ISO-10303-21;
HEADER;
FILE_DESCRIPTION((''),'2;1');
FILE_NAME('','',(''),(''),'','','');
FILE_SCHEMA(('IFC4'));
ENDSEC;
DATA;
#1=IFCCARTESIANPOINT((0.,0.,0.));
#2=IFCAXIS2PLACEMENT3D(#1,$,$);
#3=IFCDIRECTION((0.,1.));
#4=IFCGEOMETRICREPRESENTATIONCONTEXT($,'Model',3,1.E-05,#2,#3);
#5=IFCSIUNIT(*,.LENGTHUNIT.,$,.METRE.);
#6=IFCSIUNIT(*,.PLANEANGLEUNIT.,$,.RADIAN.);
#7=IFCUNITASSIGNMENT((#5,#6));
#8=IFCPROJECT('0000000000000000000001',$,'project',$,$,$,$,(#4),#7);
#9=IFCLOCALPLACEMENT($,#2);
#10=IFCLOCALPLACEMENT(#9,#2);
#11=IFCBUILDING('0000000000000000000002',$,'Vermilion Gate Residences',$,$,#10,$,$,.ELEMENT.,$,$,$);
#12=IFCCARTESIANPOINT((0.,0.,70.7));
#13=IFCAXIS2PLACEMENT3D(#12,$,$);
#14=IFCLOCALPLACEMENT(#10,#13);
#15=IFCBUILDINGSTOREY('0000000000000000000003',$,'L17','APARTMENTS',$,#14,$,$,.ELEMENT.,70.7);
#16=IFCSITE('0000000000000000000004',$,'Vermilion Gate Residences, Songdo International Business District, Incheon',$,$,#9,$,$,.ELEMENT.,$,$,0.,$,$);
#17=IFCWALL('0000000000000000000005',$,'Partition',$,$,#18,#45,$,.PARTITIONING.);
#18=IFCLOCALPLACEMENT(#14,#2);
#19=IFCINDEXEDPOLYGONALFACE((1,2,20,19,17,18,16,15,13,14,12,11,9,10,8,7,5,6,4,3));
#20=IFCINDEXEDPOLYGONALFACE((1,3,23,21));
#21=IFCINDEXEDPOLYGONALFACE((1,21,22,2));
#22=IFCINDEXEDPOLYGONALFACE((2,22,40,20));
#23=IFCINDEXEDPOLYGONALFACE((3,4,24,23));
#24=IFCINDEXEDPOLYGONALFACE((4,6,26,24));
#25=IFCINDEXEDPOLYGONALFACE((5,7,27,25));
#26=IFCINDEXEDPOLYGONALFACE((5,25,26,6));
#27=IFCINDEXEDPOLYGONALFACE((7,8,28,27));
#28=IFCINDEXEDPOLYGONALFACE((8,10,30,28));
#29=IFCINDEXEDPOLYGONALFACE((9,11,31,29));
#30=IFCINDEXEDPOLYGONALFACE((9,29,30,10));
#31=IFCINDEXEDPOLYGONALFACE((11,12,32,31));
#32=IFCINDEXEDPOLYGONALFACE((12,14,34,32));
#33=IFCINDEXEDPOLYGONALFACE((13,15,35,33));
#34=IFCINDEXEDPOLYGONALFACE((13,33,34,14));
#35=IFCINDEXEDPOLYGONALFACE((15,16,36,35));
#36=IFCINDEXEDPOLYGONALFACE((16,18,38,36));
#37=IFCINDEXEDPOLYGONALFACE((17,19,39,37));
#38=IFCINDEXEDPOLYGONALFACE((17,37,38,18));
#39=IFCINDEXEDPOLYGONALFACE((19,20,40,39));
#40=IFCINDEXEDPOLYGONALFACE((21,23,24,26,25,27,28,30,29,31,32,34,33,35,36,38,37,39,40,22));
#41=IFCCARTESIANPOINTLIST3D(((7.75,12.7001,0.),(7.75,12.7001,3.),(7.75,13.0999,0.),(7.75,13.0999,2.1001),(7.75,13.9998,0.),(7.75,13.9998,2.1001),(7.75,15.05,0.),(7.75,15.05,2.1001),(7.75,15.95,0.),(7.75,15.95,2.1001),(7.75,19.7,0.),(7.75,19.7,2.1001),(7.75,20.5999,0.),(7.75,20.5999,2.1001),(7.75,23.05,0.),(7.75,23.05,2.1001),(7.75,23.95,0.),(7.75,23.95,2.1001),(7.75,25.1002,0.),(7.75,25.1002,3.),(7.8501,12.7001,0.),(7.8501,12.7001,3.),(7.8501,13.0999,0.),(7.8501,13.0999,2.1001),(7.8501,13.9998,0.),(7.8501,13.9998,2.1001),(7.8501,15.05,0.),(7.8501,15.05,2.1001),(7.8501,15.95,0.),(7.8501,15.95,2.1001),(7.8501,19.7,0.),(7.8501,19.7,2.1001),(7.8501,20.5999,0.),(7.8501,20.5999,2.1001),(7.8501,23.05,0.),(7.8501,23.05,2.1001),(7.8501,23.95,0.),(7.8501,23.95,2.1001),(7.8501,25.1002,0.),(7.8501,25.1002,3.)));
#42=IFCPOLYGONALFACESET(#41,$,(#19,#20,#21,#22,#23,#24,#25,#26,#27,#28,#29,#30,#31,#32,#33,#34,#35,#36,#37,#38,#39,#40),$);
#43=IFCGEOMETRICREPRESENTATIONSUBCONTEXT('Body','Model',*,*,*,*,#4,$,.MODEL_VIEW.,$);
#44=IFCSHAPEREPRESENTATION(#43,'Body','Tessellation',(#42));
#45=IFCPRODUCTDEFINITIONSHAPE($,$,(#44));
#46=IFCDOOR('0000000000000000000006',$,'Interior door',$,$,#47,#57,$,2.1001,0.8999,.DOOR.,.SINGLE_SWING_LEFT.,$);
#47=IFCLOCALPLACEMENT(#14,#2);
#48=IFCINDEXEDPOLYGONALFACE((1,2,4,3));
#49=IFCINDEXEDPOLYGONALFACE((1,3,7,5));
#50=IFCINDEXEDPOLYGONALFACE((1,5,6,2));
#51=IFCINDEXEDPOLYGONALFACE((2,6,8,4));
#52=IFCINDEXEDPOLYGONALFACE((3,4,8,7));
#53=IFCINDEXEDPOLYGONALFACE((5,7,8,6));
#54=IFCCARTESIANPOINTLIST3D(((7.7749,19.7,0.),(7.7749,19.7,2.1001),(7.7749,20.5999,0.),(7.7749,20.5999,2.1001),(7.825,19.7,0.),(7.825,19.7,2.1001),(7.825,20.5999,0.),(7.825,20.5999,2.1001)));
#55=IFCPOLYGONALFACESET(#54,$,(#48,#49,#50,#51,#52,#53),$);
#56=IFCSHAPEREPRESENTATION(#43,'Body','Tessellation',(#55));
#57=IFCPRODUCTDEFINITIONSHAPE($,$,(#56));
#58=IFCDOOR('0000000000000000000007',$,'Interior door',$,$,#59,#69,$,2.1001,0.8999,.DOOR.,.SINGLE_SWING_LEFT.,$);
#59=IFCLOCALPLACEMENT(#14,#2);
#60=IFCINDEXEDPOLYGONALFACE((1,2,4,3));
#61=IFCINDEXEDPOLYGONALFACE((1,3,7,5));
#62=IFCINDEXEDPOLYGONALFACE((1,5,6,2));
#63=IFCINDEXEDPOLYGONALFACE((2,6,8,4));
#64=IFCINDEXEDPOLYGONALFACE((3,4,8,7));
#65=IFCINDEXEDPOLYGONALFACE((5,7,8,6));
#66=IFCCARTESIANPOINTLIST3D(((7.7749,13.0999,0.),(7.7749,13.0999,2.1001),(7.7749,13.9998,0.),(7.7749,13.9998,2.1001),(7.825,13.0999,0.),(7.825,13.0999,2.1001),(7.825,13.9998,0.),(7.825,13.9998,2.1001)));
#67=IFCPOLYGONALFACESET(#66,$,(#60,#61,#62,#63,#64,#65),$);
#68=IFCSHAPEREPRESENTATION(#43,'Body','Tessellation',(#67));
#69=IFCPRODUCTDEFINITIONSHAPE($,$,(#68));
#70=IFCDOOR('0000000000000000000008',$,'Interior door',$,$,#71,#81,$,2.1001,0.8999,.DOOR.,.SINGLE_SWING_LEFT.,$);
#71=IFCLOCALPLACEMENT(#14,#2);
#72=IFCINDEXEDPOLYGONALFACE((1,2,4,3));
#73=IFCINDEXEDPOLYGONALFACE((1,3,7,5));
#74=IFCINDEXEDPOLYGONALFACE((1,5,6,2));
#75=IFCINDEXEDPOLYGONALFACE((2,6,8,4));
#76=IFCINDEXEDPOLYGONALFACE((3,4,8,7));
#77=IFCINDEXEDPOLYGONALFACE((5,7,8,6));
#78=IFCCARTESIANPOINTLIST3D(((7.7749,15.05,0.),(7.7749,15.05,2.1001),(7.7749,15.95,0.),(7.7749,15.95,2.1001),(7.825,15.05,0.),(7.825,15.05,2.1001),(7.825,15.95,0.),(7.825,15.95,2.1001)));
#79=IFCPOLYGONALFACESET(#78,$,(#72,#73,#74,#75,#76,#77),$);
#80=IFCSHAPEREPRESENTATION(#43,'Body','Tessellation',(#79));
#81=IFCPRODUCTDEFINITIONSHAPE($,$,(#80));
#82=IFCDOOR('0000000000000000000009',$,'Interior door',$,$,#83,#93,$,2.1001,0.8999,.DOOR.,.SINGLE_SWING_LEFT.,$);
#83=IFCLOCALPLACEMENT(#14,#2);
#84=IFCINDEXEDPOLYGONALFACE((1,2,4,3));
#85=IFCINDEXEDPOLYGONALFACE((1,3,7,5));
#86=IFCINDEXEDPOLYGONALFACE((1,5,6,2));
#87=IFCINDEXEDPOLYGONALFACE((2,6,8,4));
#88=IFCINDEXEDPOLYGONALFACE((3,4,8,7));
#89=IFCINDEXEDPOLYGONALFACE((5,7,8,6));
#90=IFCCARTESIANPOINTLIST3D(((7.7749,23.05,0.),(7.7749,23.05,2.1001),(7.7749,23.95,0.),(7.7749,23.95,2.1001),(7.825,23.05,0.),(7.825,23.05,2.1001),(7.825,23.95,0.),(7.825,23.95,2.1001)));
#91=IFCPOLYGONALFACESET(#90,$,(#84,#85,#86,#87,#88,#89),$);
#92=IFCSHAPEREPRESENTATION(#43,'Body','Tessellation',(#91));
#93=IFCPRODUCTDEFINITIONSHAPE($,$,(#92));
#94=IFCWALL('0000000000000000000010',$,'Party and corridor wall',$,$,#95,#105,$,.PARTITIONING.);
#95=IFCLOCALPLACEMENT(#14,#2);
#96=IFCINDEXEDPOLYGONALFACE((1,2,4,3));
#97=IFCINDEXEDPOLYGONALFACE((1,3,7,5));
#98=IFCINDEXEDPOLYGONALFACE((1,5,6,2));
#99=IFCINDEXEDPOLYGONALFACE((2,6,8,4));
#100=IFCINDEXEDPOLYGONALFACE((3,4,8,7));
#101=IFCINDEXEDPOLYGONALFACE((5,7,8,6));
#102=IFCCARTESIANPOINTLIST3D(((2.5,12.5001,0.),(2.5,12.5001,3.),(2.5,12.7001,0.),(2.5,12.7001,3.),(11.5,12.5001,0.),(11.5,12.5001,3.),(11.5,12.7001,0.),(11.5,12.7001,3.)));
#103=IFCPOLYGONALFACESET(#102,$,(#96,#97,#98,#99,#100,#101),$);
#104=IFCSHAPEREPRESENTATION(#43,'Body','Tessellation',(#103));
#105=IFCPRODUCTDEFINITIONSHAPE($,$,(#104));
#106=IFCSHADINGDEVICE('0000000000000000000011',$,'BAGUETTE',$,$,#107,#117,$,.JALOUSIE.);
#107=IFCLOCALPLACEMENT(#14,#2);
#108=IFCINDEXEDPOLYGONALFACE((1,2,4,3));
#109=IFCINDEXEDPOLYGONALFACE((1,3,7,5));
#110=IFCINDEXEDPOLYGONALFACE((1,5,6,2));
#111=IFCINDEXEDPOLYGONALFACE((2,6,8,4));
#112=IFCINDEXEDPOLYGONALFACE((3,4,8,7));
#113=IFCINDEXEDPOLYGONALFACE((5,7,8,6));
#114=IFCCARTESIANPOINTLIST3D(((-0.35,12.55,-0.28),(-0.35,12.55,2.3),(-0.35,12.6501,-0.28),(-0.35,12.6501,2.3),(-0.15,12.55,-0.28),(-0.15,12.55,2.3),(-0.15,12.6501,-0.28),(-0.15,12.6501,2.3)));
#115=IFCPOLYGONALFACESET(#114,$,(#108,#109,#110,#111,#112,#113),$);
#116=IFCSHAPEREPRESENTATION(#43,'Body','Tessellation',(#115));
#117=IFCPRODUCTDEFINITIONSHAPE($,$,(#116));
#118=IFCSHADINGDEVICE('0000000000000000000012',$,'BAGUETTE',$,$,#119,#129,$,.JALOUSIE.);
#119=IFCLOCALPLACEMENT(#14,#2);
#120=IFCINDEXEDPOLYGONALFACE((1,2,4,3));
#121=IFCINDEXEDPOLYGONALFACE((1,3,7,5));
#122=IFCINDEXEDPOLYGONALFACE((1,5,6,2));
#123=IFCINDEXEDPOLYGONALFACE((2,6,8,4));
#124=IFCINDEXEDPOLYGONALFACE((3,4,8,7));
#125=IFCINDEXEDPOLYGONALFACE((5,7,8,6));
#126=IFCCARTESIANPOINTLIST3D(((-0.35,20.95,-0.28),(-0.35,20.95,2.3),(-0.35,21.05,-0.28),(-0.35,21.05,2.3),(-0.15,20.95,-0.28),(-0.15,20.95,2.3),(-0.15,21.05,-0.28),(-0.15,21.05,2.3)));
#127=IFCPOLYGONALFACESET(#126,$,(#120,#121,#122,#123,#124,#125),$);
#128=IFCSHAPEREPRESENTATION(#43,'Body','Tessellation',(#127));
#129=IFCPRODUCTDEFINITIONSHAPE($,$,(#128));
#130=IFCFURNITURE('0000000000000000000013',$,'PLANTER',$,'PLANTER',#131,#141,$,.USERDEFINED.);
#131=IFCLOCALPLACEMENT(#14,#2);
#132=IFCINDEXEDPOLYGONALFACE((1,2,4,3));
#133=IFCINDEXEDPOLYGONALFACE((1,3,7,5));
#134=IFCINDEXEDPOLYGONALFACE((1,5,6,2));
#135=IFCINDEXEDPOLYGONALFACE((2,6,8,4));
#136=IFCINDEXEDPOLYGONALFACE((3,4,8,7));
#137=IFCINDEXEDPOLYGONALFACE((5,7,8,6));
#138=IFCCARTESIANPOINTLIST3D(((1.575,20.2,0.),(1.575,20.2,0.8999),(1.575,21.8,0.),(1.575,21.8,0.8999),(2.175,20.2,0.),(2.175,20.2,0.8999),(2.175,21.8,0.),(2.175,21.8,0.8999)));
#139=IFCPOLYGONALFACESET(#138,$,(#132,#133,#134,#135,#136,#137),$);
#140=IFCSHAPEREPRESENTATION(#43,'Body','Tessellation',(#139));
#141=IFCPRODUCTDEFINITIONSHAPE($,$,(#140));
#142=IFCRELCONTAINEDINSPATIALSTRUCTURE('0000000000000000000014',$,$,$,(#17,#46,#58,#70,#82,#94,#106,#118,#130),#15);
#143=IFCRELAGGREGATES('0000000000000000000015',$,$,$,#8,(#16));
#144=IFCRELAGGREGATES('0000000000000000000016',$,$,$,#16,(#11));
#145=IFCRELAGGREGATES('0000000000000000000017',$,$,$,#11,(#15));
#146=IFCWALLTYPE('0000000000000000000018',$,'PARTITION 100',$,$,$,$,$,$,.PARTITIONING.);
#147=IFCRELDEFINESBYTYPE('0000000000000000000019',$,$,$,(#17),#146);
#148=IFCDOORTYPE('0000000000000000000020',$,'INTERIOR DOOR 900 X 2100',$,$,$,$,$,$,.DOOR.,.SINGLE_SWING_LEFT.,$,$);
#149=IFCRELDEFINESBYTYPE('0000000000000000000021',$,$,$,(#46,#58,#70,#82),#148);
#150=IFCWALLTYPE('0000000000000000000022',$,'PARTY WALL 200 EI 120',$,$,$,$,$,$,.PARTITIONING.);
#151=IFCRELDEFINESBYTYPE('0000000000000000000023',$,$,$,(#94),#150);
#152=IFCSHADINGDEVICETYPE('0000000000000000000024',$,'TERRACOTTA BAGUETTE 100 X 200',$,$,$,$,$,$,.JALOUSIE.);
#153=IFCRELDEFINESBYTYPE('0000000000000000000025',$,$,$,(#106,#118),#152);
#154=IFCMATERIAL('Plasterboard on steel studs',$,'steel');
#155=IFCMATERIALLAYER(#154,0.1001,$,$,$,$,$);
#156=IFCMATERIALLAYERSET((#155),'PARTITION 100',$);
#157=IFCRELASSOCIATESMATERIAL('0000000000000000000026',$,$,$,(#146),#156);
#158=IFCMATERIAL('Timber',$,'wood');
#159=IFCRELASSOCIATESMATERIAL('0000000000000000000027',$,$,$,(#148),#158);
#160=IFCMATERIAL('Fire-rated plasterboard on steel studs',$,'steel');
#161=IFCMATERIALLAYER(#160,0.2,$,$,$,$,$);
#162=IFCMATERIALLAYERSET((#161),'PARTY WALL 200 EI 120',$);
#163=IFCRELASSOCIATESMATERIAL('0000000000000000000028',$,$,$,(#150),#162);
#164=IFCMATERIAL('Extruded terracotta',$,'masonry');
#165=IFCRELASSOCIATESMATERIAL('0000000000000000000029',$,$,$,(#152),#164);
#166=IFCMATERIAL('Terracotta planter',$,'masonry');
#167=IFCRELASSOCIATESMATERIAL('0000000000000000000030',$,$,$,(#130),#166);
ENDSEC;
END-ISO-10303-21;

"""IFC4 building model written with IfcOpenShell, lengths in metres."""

from ifc_helpers import new_model, si_unit, direction, frame, frame_2d, origin, origin_2d, place, context, subcontext, project, spatial, rectangle, extrude, material, layer, layer_set, material_profile, profile_set, type_object, element, fill, save


model = new_model("IFC4")

# Units and contexts
model_context = context("Model", 3, precision=1e-05, world=origin(), true_north=direction((0.0, 1.0)))
body_context = subcontext(model_context, "Body", "Model", "MODEL_VIEW")
ifc_project = project(units=[si_unit("LENGTHUNIT", "METRE"), si_unit("PLANEANGLEUNIT", "RADIAN")], contexts=[model_context])

# Site, building, storey
site_placement = place(None, origin())
site = spatial("IfcSite", under=ifc_project, at=site_placement, Name="Vermilion Gate Residences, Songdo International Business District, Incheon", CompositionType="ELEMENT", RefElevation=0.0)
building_placement = place(site_placement, origin())
building = spatial("IfcBuilding", under=site, at=building_placement, Name="Vermilion Gate Residences", CompositionType="ELEMENT")
storey_placement = place(building_placement, frame((0.0, 0.0, 70.7)))
storey = spatial("IfcBuildingStorey", under=building, at=storey_placement, Name="L17", Description="APARTMENTS", CompositionType="ELEMENT", Elevation=70.7)

# Shared definitions
ifc_material_1 = material(Name="Plasterboard on steel studs", Category="steel")
ifc_layer_1 = layer(ifc_material_1, 0.1001)
ifc_layer_set_1 = layer_set([ifc_layer_1], Name="PARTITION 100")
wall_type_1 = type_object("IfcWallType", Name="PARTITION 100", PredefinedType="PARTITIONING", material=ifc_layer_set_1)

# Wall, openings, doors
ifc_material_2 = material(Name="Timber", Category="wood")
door_type = type_object("IfcDoorType", Name="INTERIOR DOOR 900 X 2100", OperationType="SINGLE_SWING_LEFT", PredefinedType="DOOR", material=ifc_material_2)
wall_1_placement = place(storey_placement, frame((7.8, 12.7, 0.0), z_axis=(0.0, 0.0, 1.0), x_axis=(0.0, 1.0, 0.0)))
wall_1 = element("IfcWall", 1, at=wall_1_placement, inside=storey, type_object=wall_type_1, Name="Partition", PredefinedType="PARTITIONING", context=body_context, shape_type="SweptSolid", body=[
    extrude(rectangle(XDim=12.4001, YDim=0.1001, at=frame_2d((6.2002, 0.0))), origin(), (0.0, 0.0, 1.0), 3.0),
])
opening_1_placement = place(wall_1_placement, frame((7.0, 0.0, 0.0)))
opening_1 = element("IfcOpeningElement", 2, at=opening_1_placement, cuts=wall_1, PredefinedType="OPENING", context=body_context, shape_type="SweptSolid", body=[
    extrude(rectangle(XDim=0.8999, YDim=2.1001, at=frame_2d((0.45, 1.05))), frame((0.0, 0.0601, 0.0), z_axis=(0.0, -1.0, 0.0), x_axis=(1.0, 0.0, 0.0)), (0.0, 0.0, 1.0), 0.1201),
])
opening_2_placement = place(wall_1_placement, frame((0.3999, 0.0, 0.0)))
opening_2 = element("IfcOpeningElement", 3, at=opening_2_placement, cuts=wall_1, PredefinedType="OPENING", context=body_context, shape_type="SweptSolid", body=[
    extrude(rectangle(XDim=0.8999, YDim=2.1001, at=frame_2d((0.45, 1.05))), frame((0.0, 0.0601, 0.0), z_axis=(0.0, -1.0, 0.0), x_axis=(1.0, 0.0, 0.0)), (0.0, 0.0, 1.0), 0.1201),
])
opening_3_placement = place(wall_1_placement, frame((2.3501, 0.0, 0.0)))
opening_3 = element("IfcOpeningElement", 4, at=opening_3_placement, cuts=wall_1, PredefinedType="OPENING", context=body_context, shape_type="SweptSolid", body=[
    extrude(rectangle(XDim=0.8999, YDim=2.1001, at=frame_2d((0.45, 1.05))), frame((0.0, 0.0601, 0.0), z_axis=(0.0, -1.0, 0.0), x_axis=(1.0, 0.0, 0.0)), (0.0, 0.0, 1.0), 0.1201),
])
opening_4_placement = place(wall_1_placement, frame((10.3501, 0.0, 0.0)))
opening_4 = element("IfcOpeningElement", 5, at=opening_4_placement, cuts=wall_1, PredefinedType="OPENING", context=body_context, shape_type="SweptSolid", body=[
    extrude(rectangle(XDim=0.8999, YDim=2.1001, at=frame_2d((0.45, 1.05))), frame((0.0, 0.0601, 0.0), z_axis=(0.0, -1.0, 0.0), x_axis=(1.0, 0.0, 0.0)), (0.0, 0.0, 1.0), 0.1201),
])
door_1_placement = place(opening_1_placement, frame((0.8999, 0.0, 0.0), z_axis=(0.0, 0.0, 1.0), x_axis=(-1.0, 0.0, 0.0)))
door_1 = element("IfcDoor", 6, at=door_1_placement, inside=storey, type_object=door_type, Name="Interior door", OperationType="SINGLE_SWING_LEFT", OverallHeight=2.1001, OverallWidth=0.8999, PredefinedType="DOOR", context=body_context, shape_type="SweptSolid", body=[
    extrude(rectangle(XDim=0.8999, YDim=2.1001, at=frame_2d((0.45, 1.05))), frame((0.0, 0.0249, 0.0), z_axis=(0.0, -1.0, 0.0), x_axis=(1.0, 0.0, 0.0)), (0.0, 0.0, 1.0), 0.05),
])
fill(opening_1, door_1)
door_2_placement = place(opening_2_placement, frame((0.8999, 0.0, 0.0), z_axis=(0.0, 0.0, 1.0), x_axis=(-1.0, 0.0, 0.0)))
door_2 = element("IfcDoor", 7, at=door_2_placement, inside=storey, type_object=door_type, Name="Interior door", OperationType="SINGLE_SWING_LEFT", OverallHeight=2.1001, OverallWidth=0.8999, PredefinedType="DOOR", context=body_context, shape_type="SweptSolid", body=[
    extrude(rectangle(XDim=0.8999, YDim=2.1001, at=frame_2d((0.45, 1.05))), frame((0.0, 0.0249, 0.0), z_axis=(0.0, -1.0, 0.0), x_axis=(1.0, 0.0, 0.0)), (0.0, 0.0, 1.0), 0.05),
])
fill(opening_2, door_2)
door_3_placement = place(opening_3_placement, frame((0.8999, 0.0, 0.0), z_axis=(0.0, 0.0, 1.0), x_axis=(-1.0, 0.0, 0.0)))
door_3 = element("IfcDoor", 8, at=door_3_placement, inside=storey, type_object=door_type, Name="Interior door", OperationType="SINGLE_SWING_LEFT", OverallHeight=2.1001, OverallWidth=0.8999, PredefinedType="DOOR", context=body_context, shape_type="SweptSolid", body=[
    extrude(rectangle(XDim=0.8999, YDim=2.1001, at=frame_2d((0.45, 1.05))), frame((0.0, 0.0249, 0.0), z_axis=(0.0, -1.0, 0.0), x_axis=(1.0, 0.0, 0.0)), (0.0, 0.0, 1.0), 0.05),
])
fill(opening_3, door_3)
door_4_placement = place(opening_4_placement, frame((0.8999, 0.0, 0.0), z_axis=(0.0, 0.0, 1.0), x_axis=(-1.0, 0.0, 0.0)))
door_4 = element("IfcDoor", 9, at=door_4_placement, inside=storey, type_object=door_type, Name="Interior door", OperationType="SINGLE_SWING_LEFT", OverallHeight=2.1001, OverallWidth=0.8999, PredefinedType="DOOR", context=body_context, shape_type="SweptSolid", body=[
    extrude(rectangle(XDim=0.8999, YDim=2.1001, at=frame_2d((0.45, 1.05))), frame((0.0, 0.0249, 0.0), z_axis=(0.0, -1.0, 0.0), x_axis=(1.0, 0.0, 0.0)), (0.0, 0.0, 1.0), 0.05),
])
fill(opening_4, door_4)

# Wall
ifc_material_3 = material(Name="Fire-rated plasterboard on steel studs", Category="steel")
ifc_layer_2 = layer(ifc_material_3, 0.2)
ifc_layer_set_2 = layer_set([ifc_layer_2], Name="PARTY WALL 200 EI 120")
wall_type_2 = type_object("IfcWallType", Name="PARTY WALL 200 EI 120", PredefinedType="PARTITIONING", material=ifc_layer_set_2)
wall_2_placement = place(storey_placement, frame((2.5, 12.6001, 0.0), z_axis=(0.0, 0.0, 1.0), x_axis=(1.0, 0.0, 0.0)))
element("IfcWall", 10, at=wall_2_placement, inside=storey, type_object=wall_type_2, Name="Party and corridor wall", PredefinedType="PARTITIONING", context=body_context, shape_type="SweptSolid", body=[
    extrude(rectangle(XDim=9.0, YDim=0.2, at=frame_2d((4.5, 0.0))), origin(), (0.0, 0.0, 1.0), 3.0),
])

# Shading devices
ifc_material_4 = material(Name="Extruded terracotta", Category="masonry")
ifc_material_profile_1 = material_profile(ifc_material_4, rectangle(XDim=0.2, YDim=0.1001, at=origin_2d()), Name="BAGUETTE 100 X 200")
ifc_profile_set_1 = profile_set([ifc_material_profile_1], Name="Extruded terracotta")
shading_device_type = type_object("IfcShadingDeviceType", Name="TERRACOTTA BAGUETTE 100 X 200", PredefinedType="JALOUSIE", material=ifc_profile_set_1)
for number, where, z_axis, x_axis, name in (
    (11, (-0.25, 12.6001, -0.28), (0.0, 0.0, 1.0), (1.0, 0.0, 0.0), "BAGUETTE"),
    (12, (-0.25, 21.0, -0.28), (0.0, 0.0, 1.0), (1.0, 0.0, 0.0), "BAGUETTE"),
):
    element("IfcShadingDevice", number, at=place(storey_placement, frame(where, z_axis=z_axis, x_axis=x_axis)), inside=storey, type_object=shading_device_type, Name=name, PredefinedType="JALOUSIE", context=body_context, shape_type="SweptSolid", body=[
        extrude(rectangle(XDim=0.2, YDim=0.1001, at=origin_2d()), origin(), (0.0, 0.0, 1.0), 2.5801),
    ])

# Furniture
ifc_material_5 = material(Name="Terracotta planter", Category="masonry")
furniture_placement = place(storey_placement, frame((1.875, 21.0, 0.0), z_axis=(0.0, 0.0, 1.0), x_axis=(0.0, -1.0, 0.0)))
element("IfcFurniture", 13, at=furniture_placement, inside=storey, material=ifc_material_5, Name="PLANTER", ObjectType="PLANTER", PredefinedType="USERDEFINED", context=body_context, shape_type="SweptSolid", body=[
    extrude(rectangle(XDim=1.6001, YDim=0.6001, at=origin_2d()), origin(), (0.0, 0.0, 1.0), 0.8999),
])

save(model, "model.ifc")
